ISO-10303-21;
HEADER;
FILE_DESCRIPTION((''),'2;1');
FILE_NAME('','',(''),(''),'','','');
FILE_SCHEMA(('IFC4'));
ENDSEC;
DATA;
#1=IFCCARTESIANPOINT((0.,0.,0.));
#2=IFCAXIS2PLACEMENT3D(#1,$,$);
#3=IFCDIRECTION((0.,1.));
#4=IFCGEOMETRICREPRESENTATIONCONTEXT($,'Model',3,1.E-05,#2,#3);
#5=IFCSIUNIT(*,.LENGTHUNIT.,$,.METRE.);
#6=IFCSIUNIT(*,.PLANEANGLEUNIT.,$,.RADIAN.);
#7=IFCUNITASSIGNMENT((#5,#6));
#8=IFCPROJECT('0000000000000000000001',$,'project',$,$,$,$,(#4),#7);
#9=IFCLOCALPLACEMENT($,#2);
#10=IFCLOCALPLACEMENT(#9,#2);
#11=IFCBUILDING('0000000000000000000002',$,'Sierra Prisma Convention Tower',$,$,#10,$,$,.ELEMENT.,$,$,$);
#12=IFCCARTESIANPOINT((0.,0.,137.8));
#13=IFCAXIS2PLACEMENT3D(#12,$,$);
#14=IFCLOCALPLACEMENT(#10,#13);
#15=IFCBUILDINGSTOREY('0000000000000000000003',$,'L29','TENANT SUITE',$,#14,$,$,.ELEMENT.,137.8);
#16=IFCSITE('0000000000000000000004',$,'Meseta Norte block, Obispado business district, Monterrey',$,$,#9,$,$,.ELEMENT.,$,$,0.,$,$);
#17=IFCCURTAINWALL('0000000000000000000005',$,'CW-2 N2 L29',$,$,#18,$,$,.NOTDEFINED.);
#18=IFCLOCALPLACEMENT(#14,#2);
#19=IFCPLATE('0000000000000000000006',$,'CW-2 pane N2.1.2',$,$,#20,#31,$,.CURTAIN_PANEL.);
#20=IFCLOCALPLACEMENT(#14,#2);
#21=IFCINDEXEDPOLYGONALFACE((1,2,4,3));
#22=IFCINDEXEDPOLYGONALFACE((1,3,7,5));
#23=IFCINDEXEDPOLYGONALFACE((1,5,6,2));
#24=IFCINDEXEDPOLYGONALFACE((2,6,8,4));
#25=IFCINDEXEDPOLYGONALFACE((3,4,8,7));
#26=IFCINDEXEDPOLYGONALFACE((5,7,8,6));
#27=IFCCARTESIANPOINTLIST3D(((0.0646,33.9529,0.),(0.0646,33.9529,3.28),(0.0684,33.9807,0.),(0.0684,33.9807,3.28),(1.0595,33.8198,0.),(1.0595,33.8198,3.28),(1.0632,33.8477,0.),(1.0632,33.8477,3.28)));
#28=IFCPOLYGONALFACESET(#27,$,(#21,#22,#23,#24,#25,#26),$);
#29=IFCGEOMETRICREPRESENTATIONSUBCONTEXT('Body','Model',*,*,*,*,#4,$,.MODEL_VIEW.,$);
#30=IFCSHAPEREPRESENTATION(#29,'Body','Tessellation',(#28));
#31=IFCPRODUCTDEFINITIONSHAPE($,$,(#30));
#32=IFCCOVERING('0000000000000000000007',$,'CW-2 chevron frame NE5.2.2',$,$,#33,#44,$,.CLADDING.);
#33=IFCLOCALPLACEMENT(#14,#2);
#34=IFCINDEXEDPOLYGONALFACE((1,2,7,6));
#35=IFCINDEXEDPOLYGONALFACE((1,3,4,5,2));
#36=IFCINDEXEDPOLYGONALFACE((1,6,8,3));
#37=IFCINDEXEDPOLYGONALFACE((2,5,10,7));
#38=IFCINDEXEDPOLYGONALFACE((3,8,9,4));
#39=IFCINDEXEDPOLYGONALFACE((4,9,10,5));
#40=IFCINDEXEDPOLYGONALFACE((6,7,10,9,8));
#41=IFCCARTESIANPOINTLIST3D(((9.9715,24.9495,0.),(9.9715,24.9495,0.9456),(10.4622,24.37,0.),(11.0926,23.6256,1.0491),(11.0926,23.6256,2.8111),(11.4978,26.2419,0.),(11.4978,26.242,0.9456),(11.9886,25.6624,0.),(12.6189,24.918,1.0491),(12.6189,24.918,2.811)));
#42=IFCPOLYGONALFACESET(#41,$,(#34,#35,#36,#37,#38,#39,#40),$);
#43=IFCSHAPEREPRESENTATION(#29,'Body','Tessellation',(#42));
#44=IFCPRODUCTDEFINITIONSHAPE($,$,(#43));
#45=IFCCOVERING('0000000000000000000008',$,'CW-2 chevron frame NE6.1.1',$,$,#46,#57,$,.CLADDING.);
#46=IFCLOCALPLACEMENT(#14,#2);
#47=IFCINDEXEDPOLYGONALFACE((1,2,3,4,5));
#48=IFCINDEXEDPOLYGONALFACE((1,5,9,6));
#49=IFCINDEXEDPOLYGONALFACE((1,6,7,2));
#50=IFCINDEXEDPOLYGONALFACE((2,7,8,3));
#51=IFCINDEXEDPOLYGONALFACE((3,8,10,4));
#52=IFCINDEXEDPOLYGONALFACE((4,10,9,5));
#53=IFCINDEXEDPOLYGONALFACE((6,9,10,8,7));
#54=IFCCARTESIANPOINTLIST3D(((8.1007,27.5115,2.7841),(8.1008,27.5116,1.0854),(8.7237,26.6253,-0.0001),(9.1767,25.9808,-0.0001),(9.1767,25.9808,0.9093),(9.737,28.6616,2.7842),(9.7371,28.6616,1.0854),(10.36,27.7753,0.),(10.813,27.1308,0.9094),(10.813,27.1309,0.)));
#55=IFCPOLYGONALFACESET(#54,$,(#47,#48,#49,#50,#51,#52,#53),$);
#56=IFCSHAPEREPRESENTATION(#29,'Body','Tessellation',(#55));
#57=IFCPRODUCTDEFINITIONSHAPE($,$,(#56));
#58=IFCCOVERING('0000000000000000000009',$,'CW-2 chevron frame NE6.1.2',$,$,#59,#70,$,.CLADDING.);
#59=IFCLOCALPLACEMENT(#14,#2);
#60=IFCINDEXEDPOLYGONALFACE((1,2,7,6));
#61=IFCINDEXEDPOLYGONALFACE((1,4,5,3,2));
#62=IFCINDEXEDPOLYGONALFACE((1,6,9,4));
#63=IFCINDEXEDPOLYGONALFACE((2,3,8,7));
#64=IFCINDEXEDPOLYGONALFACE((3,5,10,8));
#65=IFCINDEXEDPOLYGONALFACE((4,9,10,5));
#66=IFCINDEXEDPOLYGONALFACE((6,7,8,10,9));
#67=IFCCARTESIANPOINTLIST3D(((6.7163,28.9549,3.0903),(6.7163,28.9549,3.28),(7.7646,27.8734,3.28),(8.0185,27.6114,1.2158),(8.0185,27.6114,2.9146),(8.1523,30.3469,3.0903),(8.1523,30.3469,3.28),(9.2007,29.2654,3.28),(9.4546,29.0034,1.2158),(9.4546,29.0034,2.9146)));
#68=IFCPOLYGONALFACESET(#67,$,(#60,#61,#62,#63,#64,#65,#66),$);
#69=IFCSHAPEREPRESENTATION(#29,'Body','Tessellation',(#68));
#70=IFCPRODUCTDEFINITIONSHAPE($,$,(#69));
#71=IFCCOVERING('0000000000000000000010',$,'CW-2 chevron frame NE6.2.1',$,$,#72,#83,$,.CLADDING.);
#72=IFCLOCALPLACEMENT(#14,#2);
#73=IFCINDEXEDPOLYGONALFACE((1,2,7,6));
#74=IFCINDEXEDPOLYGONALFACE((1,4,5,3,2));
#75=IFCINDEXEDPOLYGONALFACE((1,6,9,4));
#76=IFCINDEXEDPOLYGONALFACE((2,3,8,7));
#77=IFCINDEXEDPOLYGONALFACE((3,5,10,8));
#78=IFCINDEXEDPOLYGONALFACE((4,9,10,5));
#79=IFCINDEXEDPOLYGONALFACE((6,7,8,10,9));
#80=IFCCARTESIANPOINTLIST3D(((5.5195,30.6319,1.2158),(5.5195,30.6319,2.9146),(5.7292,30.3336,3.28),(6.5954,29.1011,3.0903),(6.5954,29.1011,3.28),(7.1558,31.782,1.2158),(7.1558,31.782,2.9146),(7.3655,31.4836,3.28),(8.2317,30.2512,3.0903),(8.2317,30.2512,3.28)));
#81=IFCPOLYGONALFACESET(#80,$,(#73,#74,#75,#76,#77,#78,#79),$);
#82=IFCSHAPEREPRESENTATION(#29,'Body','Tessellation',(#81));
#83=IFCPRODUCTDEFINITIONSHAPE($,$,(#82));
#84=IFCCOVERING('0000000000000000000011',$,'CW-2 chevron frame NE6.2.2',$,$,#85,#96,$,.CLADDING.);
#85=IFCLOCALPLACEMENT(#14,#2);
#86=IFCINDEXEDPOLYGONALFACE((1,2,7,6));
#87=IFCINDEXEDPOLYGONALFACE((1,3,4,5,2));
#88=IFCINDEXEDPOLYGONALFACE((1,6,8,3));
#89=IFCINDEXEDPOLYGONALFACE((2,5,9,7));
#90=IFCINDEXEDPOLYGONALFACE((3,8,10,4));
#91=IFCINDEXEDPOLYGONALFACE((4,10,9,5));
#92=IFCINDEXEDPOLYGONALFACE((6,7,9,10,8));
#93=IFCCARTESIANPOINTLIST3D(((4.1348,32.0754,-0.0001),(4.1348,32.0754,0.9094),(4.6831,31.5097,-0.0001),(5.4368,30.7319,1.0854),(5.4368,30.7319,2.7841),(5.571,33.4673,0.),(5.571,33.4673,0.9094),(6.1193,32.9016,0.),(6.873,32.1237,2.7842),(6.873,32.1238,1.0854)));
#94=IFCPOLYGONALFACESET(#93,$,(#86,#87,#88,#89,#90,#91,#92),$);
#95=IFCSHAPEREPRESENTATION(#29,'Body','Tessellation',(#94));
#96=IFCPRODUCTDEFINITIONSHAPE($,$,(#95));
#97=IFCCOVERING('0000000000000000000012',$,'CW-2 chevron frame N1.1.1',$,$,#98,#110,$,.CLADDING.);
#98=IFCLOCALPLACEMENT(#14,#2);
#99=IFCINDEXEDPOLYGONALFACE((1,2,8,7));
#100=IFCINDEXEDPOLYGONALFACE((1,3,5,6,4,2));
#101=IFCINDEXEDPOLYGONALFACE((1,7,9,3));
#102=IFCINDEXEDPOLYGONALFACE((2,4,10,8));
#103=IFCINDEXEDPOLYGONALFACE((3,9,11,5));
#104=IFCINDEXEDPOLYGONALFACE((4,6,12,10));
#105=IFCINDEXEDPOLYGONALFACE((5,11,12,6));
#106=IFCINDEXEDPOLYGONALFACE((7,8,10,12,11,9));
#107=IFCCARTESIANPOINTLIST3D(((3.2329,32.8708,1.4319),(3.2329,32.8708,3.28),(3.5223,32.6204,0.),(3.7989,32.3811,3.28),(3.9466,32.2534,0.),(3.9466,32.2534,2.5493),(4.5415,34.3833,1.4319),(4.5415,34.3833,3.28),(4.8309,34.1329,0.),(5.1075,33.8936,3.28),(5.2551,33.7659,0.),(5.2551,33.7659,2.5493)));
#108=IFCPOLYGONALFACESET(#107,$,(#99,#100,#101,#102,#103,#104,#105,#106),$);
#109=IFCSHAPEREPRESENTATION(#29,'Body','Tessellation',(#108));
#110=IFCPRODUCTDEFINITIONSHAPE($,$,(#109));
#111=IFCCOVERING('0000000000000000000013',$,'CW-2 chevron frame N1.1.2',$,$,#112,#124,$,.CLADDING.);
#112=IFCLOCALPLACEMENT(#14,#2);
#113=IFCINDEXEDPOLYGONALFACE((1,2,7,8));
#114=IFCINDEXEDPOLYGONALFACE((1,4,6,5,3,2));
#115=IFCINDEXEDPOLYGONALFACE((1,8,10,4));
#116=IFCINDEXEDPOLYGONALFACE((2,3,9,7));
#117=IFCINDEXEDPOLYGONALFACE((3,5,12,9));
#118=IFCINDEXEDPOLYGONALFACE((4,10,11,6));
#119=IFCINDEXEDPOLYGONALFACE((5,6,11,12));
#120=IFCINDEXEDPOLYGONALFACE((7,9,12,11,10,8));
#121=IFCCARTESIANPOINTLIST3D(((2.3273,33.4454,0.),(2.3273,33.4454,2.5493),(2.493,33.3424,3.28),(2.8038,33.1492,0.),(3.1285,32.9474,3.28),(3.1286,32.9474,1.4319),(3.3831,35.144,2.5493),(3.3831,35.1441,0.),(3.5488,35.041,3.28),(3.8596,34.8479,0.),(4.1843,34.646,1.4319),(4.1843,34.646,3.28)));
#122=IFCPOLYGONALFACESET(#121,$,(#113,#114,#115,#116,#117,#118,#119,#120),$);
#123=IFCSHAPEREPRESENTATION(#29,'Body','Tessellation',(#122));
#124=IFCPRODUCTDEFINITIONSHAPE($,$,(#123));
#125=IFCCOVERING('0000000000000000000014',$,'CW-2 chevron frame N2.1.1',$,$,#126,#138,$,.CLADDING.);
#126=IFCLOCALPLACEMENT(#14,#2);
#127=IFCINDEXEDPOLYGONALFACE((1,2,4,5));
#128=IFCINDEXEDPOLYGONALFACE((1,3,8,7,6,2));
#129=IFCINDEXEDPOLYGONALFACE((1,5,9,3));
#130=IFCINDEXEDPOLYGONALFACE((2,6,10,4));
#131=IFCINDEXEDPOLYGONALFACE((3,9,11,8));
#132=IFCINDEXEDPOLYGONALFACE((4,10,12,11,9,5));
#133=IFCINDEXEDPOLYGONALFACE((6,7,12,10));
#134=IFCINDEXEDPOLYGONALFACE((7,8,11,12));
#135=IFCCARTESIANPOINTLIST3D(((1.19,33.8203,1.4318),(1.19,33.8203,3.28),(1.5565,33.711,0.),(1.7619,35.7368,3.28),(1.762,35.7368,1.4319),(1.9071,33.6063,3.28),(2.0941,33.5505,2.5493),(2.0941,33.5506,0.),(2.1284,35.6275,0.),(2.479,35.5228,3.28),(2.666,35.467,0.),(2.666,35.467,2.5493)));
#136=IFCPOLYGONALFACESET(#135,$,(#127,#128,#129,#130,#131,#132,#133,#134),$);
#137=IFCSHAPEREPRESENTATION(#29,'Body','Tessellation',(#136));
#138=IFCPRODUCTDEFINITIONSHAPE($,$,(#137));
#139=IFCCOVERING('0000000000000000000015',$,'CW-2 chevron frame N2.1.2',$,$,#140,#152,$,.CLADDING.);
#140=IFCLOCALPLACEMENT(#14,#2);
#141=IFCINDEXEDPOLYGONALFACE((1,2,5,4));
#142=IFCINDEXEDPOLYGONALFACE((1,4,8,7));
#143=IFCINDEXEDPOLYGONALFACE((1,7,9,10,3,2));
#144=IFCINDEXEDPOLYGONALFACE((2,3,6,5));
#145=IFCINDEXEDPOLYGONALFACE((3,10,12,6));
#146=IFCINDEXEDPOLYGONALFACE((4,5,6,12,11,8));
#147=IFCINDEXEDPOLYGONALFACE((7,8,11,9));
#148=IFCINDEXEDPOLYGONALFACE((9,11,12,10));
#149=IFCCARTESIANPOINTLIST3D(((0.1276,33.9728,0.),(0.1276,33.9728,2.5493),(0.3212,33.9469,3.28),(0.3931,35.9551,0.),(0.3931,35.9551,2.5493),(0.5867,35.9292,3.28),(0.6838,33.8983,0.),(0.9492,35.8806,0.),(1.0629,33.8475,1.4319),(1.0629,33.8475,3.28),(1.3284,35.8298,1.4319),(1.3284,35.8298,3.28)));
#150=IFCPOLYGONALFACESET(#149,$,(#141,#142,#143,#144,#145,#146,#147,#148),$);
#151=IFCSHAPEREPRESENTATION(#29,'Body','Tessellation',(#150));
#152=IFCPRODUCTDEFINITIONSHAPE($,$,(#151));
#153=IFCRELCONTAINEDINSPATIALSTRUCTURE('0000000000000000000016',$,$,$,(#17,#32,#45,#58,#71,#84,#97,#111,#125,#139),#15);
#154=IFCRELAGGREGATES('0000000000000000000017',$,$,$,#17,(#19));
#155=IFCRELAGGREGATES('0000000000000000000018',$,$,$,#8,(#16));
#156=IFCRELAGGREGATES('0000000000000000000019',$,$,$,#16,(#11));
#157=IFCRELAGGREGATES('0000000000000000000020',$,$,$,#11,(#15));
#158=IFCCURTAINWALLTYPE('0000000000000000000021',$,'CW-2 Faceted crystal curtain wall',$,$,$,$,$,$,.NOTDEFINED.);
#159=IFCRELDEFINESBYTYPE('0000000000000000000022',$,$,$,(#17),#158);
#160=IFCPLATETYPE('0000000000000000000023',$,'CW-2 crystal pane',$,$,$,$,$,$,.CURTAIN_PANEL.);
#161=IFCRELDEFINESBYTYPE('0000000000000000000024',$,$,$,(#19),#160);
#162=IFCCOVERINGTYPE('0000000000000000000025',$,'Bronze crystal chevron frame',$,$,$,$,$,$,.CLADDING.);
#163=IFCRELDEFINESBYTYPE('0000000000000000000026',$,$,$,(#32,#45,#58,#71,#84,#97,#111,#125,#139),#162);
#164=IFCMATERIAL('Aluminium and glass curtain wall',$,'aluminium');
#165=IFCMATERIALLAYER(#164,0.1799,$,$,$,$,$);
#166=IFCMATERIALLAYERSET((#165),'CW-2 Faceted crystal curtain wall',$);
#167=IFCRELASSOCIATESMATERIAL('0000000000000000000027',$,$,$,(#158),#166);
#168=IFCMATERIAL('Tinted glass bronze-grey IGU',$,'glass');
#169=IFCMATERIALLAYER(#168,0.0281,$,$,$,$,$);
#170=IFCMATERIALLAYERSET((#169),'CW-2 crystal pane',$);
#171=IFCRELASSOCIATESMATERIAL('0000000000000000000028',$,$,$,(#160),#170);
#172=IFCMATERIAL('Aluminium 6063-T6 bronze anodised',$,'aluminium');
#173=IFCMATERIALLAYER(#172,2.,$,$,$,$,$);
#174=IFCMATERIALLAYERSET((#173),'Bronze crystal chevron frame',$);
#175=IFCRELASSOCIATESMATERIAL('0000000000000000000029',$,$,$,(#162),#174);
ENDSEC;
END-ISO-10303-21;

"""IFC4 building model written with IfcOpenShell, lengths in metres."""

from ifc_helpers import new_model, si_unit, direction, frame, origin, place, context, subcontext, project, spatial, polyline, outline, extrude, material, layer, layer_set, type_object, element, aggregate, save


model = new_model("IFC4")

# Units and contexts
model_context = context("Model", 3, precision=1e-05, world=origin(), true_north=direction((0.0, 1.0)))
body_context = subcontext(model_context, "Body", "Model", "MODEL_VIEW")
ifc_project = project(units=[si_unit("LENGTHUNIT", "METRE"), si_unit("PLANEANGLEUNIT", "RADIAN")], contexts=[model_context])

# Site, building, storey
site_placement = place(None, origin())
site = spatial("IfcSite", under=ifc_project, at=site_placement, Name="Meseta Norte block, Obispado business district, Monterrey", CompositionType="ELEMENT", RefElevation=0.0)
building_placement = place(site_placement, origin())
building = spatial("IfcBuilding", under=site, at=building_placement, Name="Sierra Prisma Convention Tower", CompositionType="ELEMENT")
storey_placement = place(building_placement, frame((0.0, 0.0, 137.8)))
storey = spatial("IfcBuildingStorey", under=building, at=storey_placement, Name="L29", Description="TENANT SUITE", CompositionType="ELEMENT", Elevation=137.8)

# Shared definitions
ifc_material_1 = material(Name="Aluminium and glass curtain wall", Category="aluminium")
ifc_layer_1 = layer(ifc_material_1, 0.1799)
ifc_layer_set_1 = layer_set([ifc_layer_1], Name="CW-2 Faceted crystal curtain wall")
curtain_wall_type = type_object("IfcCurtainWallType", Name="CW-2 Faceted crystal curtain wall", PredefinedType="NOTDEFINED", material=ifc_layer_set_1)

# Curtain wall
curtain_wall_1_placement = place(storey_placement, origin())
curtain_wall_1 = element("IfcCurtainWall", 1, at=curtain_wall_1_placement, inside=storey, type_object=curtain_wall_type, Name="CW-2 N2 L29", PredefinedType="NOTDEFINED")

# Plate
ifc_material_2 = material(Name="Tinted glass bronze-grey IGU", Category="glass")
ifc_layer_2 = layer(ifc_material_2, 0.0281)
ifc_layer_set_2 = layer_set([ifc_layer_2], Name="CW-2 crystal pane")
plate_type = type_object("IfcPlateType", Name="CW-2 crystal pane", PredefinedType="CURTAIN_PANEL", material=ifc_layer_set_2)
plate_1_placement = place(storey_placement, frame((0.0684, 33.9807, 0.0), z_axis=(0.132562, 0.991175, 0.0), x_axis=(0.991175, -0.132562, 0.0)))
plate_1 = element("IfcPlate", 2, at=plate_1_placement, type_object=plate_type, Name="CW-2 pane N2.1.2", PredefinedType="CURTAIN_PANEL", context=body_context, shape_type="SweptSolid", body=[
    extrude(outline(polyline([(0.0, 0.0), (1.0037, 0.0), (1.0037, -3.28), (0.0, -3.28), (0.0, 0.0)])), origin(), (0.0, 0.0, -1.0), 0.0281),
])
aggregate(curtain_wall_1, [plate_1])

# Coverings
ifc_material_3 = material(Name="Aluminium 6063-T6 bronze anodised", Category="aluminium")
ifc_layer_3 = layer(ifc_material_3, 2.0)
ifc_layer_set_3 = layer_set([ifc_layer_3], Name="Bronze crystal chevron frame")
covering_type = type_object("IfcCoveringType", Name="Bronze crystal chevron frame", PredefinedType="CLADDING", material=ifc_layer_set_3)
covering_1_placement = place(storey_placement, frame((11.4978, 26.2419, 0.0), z_axis=(0.763162, 0.646208, -0.000013), x_axis=(0.00001, 0.000008, 1.0)))
element("IfcCovering", 3, at=covering_1_placement, inside=storey, type_object=covering_type, Name="CW-2 chevron frame NE5.2.2", PredefinedType="CLADDING", context=body_context, shape_type="SweptSolid", body=[
    extrude(outline(polyline([(0.0, 0.0), (0.9456, 0.0), (2.811, 1.7349), (1.0491, 1.7349), (0.0, 0.7594), (0.0, 0.0)])), origin(), (0.0, 0.0, -1.0), 2.0),
])
covering_2_placement = place(storey_placement, frame((10.813, 27.1309, 0.0), z_axis=(0.81814, 0.57502, 0.000038), x_axis=(-0.57502, 0.81814, 0.0)))
element("IfcCovering", 4, at=covering_2_placement, inside=storey, type_object=covering_type, Name="CW-2 chevron frame NE6.1.1", PredefinedType="CLADDING", context=body_context, shape_type="SweptSolid", body=[
    extrude(outline(polyline([(0.0, 0.0), (0.7877, 0.0), (1.8711, 1.0854), (1.8711, 2.7842), (0.0, 0.9094), (0.0, 0.0)])), origin(), (0.0, 0.0, -1.0), 2.0),
])
covering_3_placement = place(storey_placement, frame((9.4546, 29.0034, 2.9146), z_axis=(0.718046, 0.695996, -0.000004), x_axis=(-0.000003, -0.000003, -1.0)))
element("IfcCovering", 5, at=covering_3_placement, inside=storey, type_object=covering_type, Name="CW-2 chevron frame NE6.1.2", PredefinedType="CLADDING", context=body_context, shape_type="SweptSolid", body=[
    extrude(outline(polyline([(0.0, 0.0), (1.6987, 0.0), (-0.1758, 1.8711), (-0.3655, 1.8711), (-0.3655, 0.3648), (0.0, 0.0)])), origin(), (0.0, 0.0, -1.0), 2.0),
])
covering_4_placement = place(storey_placement, frame((8.2317, 30.2512, 3.28), z_axis=(0.818128, 0.575036, -0.000008), x_axis=(-0.000007, -0.000005, -1.0)))
element("IfcCovering", 6, at=covering_4_placement, inside=storey, type_object=covering_type, Name="CW-2 chevron frame NE6.2.1", PredefinedType="CLADDING", context=body_context, shape_type="SweptSolid", body=[
    extrude(outline(polyline([(0.0, 0.0), (0.1897, 0.0), (2.0642, 1.8711), (0.3655, 1.8711), (0.0, 1.5064), (0.0, 0.0)])), origin(), (0.0, 0.0, -1.0), 2.0),
])
covering_5_placement = place(storey_placement, frame((5.571, 33.4673, 0.0), z_axis=(0.718098, 0.695941, 0.000033), x_axis=(-0.000024, -0.000023, 1.0)))
element("IfcCovering", 7, at=covering_5_placement, inside=storey, type_object=covering_type, Name="CW-2 chevron frame NE6.2.2", PredefinedType="CLADDING", context=body_context, shape_type="SweptSolid", body=[
    extrude(outline(polyline([(0.0, 0.0), (0.9094, 0.0), (2.7842, 1.8709), (1.0854, 1.8709), (0.0, 0.7878), (0.0, 0.0)])), origin(), (0.0, 0.0, -1.0), 2.0),
])
covering_6_placement = place(storey_placement, frame((5.2551, 33.7659, 0.0), z_axis=(0.654282, 0.756251, -0.000009), x_axis=(-0.756251, 0.654282, 0.0)))
element("IfcCovering", 8, at=covering_6_placement, inside=storey, type_object=covering_type, Name="CW-2 chevron frame N1.1.1", PredefinedType="CLADDING", context=body_context, shape_type="SweptSolid", body=[
    extrude(outline(polyline([(0.0, 0.0), (0.561, 0.0), (0.9437, 1.4319), (0.9437, 3.28), (0.1952, 3.28), (0.0, 2.5493), (0.0, 0.0)])), origin(), (0.0, 0.0, -1.0), 2.0),
])
covering_7_placement = place(storey_placement, frame((4.1843, 34.646, 3.28), z_axis=(0.527891, 0.849312, 0.000009), x_axis=(0.000005, 0.000008, -1.0)))
element("IfcCovering", 9, at=covering_7_placement, inside=storey, type_object=covering_type, Name="CW-2 chevron frame N1.1.2", PredefinedType="CLADDING", context=body_context, shape_type="SweptSolid", body=[
    extrude(outline(polyline([(0.0, 0.0), (1.8481, 0.0), (3.28, 0.3824), (3.28, 0.9434), (0.7307, 0.9434), (0.0, 0.7483), (0.0, 0.0)])), origin(), (0.0, 0.0, -1.0), 2.0),
])
covering_8_placement = place(storey_placement, frame((2.666, 35.467, 0.0), z_axis=(0.285959, 0.958242, 0.00002), x_axis=(-0.958242, 0.285959, 0.0)))
element("IfcCovering", 10, at=covering_8_placement, inside=storey, type_object=covering_type, Name="CW-2 chevron frame N2.1.1", PredefinedType="CLADDING", context=body_context, shape_type="SweptSolid", body=[
    extrude(outline(polyline([(0.0, 0.0), (0.561, 0.0), (0.9434, 1.4319), (0.9434, 3.28), (0.1951, 3.28), (0.0, 2.5493), (0.0, 0.0)])), origin(), (0.0, 0.0, -1.0), 2.0),
])
covering_9_placement = place(storey_placement, frame((1.3284, 35.8298, 3.28), z_axis=(0.132726, 0.991153, -0.000006), x_axis=(-0.000001, -0.000006, -1.0)))
element("IfcCovering", 11, at=covering_9_placement, inside=storey, type_object=covering_type, Name="CW-2 chevron frame N2.1.2", PredefinedType="CLADDING", context=body_context, shape_type="SweptSolid", body=[
    extrude(outline(polyline([(0.0, 0.0), (1.8481, 0.0), (3.28, 0.3825), (3.28, 0.9437), (0.7307, 0.9437), (0.0, 0.7483), (0.0, 0.0)])), origin(), (0.0, 0.0, -1.0), 2.0),
])

save(model, "model.ifc")
